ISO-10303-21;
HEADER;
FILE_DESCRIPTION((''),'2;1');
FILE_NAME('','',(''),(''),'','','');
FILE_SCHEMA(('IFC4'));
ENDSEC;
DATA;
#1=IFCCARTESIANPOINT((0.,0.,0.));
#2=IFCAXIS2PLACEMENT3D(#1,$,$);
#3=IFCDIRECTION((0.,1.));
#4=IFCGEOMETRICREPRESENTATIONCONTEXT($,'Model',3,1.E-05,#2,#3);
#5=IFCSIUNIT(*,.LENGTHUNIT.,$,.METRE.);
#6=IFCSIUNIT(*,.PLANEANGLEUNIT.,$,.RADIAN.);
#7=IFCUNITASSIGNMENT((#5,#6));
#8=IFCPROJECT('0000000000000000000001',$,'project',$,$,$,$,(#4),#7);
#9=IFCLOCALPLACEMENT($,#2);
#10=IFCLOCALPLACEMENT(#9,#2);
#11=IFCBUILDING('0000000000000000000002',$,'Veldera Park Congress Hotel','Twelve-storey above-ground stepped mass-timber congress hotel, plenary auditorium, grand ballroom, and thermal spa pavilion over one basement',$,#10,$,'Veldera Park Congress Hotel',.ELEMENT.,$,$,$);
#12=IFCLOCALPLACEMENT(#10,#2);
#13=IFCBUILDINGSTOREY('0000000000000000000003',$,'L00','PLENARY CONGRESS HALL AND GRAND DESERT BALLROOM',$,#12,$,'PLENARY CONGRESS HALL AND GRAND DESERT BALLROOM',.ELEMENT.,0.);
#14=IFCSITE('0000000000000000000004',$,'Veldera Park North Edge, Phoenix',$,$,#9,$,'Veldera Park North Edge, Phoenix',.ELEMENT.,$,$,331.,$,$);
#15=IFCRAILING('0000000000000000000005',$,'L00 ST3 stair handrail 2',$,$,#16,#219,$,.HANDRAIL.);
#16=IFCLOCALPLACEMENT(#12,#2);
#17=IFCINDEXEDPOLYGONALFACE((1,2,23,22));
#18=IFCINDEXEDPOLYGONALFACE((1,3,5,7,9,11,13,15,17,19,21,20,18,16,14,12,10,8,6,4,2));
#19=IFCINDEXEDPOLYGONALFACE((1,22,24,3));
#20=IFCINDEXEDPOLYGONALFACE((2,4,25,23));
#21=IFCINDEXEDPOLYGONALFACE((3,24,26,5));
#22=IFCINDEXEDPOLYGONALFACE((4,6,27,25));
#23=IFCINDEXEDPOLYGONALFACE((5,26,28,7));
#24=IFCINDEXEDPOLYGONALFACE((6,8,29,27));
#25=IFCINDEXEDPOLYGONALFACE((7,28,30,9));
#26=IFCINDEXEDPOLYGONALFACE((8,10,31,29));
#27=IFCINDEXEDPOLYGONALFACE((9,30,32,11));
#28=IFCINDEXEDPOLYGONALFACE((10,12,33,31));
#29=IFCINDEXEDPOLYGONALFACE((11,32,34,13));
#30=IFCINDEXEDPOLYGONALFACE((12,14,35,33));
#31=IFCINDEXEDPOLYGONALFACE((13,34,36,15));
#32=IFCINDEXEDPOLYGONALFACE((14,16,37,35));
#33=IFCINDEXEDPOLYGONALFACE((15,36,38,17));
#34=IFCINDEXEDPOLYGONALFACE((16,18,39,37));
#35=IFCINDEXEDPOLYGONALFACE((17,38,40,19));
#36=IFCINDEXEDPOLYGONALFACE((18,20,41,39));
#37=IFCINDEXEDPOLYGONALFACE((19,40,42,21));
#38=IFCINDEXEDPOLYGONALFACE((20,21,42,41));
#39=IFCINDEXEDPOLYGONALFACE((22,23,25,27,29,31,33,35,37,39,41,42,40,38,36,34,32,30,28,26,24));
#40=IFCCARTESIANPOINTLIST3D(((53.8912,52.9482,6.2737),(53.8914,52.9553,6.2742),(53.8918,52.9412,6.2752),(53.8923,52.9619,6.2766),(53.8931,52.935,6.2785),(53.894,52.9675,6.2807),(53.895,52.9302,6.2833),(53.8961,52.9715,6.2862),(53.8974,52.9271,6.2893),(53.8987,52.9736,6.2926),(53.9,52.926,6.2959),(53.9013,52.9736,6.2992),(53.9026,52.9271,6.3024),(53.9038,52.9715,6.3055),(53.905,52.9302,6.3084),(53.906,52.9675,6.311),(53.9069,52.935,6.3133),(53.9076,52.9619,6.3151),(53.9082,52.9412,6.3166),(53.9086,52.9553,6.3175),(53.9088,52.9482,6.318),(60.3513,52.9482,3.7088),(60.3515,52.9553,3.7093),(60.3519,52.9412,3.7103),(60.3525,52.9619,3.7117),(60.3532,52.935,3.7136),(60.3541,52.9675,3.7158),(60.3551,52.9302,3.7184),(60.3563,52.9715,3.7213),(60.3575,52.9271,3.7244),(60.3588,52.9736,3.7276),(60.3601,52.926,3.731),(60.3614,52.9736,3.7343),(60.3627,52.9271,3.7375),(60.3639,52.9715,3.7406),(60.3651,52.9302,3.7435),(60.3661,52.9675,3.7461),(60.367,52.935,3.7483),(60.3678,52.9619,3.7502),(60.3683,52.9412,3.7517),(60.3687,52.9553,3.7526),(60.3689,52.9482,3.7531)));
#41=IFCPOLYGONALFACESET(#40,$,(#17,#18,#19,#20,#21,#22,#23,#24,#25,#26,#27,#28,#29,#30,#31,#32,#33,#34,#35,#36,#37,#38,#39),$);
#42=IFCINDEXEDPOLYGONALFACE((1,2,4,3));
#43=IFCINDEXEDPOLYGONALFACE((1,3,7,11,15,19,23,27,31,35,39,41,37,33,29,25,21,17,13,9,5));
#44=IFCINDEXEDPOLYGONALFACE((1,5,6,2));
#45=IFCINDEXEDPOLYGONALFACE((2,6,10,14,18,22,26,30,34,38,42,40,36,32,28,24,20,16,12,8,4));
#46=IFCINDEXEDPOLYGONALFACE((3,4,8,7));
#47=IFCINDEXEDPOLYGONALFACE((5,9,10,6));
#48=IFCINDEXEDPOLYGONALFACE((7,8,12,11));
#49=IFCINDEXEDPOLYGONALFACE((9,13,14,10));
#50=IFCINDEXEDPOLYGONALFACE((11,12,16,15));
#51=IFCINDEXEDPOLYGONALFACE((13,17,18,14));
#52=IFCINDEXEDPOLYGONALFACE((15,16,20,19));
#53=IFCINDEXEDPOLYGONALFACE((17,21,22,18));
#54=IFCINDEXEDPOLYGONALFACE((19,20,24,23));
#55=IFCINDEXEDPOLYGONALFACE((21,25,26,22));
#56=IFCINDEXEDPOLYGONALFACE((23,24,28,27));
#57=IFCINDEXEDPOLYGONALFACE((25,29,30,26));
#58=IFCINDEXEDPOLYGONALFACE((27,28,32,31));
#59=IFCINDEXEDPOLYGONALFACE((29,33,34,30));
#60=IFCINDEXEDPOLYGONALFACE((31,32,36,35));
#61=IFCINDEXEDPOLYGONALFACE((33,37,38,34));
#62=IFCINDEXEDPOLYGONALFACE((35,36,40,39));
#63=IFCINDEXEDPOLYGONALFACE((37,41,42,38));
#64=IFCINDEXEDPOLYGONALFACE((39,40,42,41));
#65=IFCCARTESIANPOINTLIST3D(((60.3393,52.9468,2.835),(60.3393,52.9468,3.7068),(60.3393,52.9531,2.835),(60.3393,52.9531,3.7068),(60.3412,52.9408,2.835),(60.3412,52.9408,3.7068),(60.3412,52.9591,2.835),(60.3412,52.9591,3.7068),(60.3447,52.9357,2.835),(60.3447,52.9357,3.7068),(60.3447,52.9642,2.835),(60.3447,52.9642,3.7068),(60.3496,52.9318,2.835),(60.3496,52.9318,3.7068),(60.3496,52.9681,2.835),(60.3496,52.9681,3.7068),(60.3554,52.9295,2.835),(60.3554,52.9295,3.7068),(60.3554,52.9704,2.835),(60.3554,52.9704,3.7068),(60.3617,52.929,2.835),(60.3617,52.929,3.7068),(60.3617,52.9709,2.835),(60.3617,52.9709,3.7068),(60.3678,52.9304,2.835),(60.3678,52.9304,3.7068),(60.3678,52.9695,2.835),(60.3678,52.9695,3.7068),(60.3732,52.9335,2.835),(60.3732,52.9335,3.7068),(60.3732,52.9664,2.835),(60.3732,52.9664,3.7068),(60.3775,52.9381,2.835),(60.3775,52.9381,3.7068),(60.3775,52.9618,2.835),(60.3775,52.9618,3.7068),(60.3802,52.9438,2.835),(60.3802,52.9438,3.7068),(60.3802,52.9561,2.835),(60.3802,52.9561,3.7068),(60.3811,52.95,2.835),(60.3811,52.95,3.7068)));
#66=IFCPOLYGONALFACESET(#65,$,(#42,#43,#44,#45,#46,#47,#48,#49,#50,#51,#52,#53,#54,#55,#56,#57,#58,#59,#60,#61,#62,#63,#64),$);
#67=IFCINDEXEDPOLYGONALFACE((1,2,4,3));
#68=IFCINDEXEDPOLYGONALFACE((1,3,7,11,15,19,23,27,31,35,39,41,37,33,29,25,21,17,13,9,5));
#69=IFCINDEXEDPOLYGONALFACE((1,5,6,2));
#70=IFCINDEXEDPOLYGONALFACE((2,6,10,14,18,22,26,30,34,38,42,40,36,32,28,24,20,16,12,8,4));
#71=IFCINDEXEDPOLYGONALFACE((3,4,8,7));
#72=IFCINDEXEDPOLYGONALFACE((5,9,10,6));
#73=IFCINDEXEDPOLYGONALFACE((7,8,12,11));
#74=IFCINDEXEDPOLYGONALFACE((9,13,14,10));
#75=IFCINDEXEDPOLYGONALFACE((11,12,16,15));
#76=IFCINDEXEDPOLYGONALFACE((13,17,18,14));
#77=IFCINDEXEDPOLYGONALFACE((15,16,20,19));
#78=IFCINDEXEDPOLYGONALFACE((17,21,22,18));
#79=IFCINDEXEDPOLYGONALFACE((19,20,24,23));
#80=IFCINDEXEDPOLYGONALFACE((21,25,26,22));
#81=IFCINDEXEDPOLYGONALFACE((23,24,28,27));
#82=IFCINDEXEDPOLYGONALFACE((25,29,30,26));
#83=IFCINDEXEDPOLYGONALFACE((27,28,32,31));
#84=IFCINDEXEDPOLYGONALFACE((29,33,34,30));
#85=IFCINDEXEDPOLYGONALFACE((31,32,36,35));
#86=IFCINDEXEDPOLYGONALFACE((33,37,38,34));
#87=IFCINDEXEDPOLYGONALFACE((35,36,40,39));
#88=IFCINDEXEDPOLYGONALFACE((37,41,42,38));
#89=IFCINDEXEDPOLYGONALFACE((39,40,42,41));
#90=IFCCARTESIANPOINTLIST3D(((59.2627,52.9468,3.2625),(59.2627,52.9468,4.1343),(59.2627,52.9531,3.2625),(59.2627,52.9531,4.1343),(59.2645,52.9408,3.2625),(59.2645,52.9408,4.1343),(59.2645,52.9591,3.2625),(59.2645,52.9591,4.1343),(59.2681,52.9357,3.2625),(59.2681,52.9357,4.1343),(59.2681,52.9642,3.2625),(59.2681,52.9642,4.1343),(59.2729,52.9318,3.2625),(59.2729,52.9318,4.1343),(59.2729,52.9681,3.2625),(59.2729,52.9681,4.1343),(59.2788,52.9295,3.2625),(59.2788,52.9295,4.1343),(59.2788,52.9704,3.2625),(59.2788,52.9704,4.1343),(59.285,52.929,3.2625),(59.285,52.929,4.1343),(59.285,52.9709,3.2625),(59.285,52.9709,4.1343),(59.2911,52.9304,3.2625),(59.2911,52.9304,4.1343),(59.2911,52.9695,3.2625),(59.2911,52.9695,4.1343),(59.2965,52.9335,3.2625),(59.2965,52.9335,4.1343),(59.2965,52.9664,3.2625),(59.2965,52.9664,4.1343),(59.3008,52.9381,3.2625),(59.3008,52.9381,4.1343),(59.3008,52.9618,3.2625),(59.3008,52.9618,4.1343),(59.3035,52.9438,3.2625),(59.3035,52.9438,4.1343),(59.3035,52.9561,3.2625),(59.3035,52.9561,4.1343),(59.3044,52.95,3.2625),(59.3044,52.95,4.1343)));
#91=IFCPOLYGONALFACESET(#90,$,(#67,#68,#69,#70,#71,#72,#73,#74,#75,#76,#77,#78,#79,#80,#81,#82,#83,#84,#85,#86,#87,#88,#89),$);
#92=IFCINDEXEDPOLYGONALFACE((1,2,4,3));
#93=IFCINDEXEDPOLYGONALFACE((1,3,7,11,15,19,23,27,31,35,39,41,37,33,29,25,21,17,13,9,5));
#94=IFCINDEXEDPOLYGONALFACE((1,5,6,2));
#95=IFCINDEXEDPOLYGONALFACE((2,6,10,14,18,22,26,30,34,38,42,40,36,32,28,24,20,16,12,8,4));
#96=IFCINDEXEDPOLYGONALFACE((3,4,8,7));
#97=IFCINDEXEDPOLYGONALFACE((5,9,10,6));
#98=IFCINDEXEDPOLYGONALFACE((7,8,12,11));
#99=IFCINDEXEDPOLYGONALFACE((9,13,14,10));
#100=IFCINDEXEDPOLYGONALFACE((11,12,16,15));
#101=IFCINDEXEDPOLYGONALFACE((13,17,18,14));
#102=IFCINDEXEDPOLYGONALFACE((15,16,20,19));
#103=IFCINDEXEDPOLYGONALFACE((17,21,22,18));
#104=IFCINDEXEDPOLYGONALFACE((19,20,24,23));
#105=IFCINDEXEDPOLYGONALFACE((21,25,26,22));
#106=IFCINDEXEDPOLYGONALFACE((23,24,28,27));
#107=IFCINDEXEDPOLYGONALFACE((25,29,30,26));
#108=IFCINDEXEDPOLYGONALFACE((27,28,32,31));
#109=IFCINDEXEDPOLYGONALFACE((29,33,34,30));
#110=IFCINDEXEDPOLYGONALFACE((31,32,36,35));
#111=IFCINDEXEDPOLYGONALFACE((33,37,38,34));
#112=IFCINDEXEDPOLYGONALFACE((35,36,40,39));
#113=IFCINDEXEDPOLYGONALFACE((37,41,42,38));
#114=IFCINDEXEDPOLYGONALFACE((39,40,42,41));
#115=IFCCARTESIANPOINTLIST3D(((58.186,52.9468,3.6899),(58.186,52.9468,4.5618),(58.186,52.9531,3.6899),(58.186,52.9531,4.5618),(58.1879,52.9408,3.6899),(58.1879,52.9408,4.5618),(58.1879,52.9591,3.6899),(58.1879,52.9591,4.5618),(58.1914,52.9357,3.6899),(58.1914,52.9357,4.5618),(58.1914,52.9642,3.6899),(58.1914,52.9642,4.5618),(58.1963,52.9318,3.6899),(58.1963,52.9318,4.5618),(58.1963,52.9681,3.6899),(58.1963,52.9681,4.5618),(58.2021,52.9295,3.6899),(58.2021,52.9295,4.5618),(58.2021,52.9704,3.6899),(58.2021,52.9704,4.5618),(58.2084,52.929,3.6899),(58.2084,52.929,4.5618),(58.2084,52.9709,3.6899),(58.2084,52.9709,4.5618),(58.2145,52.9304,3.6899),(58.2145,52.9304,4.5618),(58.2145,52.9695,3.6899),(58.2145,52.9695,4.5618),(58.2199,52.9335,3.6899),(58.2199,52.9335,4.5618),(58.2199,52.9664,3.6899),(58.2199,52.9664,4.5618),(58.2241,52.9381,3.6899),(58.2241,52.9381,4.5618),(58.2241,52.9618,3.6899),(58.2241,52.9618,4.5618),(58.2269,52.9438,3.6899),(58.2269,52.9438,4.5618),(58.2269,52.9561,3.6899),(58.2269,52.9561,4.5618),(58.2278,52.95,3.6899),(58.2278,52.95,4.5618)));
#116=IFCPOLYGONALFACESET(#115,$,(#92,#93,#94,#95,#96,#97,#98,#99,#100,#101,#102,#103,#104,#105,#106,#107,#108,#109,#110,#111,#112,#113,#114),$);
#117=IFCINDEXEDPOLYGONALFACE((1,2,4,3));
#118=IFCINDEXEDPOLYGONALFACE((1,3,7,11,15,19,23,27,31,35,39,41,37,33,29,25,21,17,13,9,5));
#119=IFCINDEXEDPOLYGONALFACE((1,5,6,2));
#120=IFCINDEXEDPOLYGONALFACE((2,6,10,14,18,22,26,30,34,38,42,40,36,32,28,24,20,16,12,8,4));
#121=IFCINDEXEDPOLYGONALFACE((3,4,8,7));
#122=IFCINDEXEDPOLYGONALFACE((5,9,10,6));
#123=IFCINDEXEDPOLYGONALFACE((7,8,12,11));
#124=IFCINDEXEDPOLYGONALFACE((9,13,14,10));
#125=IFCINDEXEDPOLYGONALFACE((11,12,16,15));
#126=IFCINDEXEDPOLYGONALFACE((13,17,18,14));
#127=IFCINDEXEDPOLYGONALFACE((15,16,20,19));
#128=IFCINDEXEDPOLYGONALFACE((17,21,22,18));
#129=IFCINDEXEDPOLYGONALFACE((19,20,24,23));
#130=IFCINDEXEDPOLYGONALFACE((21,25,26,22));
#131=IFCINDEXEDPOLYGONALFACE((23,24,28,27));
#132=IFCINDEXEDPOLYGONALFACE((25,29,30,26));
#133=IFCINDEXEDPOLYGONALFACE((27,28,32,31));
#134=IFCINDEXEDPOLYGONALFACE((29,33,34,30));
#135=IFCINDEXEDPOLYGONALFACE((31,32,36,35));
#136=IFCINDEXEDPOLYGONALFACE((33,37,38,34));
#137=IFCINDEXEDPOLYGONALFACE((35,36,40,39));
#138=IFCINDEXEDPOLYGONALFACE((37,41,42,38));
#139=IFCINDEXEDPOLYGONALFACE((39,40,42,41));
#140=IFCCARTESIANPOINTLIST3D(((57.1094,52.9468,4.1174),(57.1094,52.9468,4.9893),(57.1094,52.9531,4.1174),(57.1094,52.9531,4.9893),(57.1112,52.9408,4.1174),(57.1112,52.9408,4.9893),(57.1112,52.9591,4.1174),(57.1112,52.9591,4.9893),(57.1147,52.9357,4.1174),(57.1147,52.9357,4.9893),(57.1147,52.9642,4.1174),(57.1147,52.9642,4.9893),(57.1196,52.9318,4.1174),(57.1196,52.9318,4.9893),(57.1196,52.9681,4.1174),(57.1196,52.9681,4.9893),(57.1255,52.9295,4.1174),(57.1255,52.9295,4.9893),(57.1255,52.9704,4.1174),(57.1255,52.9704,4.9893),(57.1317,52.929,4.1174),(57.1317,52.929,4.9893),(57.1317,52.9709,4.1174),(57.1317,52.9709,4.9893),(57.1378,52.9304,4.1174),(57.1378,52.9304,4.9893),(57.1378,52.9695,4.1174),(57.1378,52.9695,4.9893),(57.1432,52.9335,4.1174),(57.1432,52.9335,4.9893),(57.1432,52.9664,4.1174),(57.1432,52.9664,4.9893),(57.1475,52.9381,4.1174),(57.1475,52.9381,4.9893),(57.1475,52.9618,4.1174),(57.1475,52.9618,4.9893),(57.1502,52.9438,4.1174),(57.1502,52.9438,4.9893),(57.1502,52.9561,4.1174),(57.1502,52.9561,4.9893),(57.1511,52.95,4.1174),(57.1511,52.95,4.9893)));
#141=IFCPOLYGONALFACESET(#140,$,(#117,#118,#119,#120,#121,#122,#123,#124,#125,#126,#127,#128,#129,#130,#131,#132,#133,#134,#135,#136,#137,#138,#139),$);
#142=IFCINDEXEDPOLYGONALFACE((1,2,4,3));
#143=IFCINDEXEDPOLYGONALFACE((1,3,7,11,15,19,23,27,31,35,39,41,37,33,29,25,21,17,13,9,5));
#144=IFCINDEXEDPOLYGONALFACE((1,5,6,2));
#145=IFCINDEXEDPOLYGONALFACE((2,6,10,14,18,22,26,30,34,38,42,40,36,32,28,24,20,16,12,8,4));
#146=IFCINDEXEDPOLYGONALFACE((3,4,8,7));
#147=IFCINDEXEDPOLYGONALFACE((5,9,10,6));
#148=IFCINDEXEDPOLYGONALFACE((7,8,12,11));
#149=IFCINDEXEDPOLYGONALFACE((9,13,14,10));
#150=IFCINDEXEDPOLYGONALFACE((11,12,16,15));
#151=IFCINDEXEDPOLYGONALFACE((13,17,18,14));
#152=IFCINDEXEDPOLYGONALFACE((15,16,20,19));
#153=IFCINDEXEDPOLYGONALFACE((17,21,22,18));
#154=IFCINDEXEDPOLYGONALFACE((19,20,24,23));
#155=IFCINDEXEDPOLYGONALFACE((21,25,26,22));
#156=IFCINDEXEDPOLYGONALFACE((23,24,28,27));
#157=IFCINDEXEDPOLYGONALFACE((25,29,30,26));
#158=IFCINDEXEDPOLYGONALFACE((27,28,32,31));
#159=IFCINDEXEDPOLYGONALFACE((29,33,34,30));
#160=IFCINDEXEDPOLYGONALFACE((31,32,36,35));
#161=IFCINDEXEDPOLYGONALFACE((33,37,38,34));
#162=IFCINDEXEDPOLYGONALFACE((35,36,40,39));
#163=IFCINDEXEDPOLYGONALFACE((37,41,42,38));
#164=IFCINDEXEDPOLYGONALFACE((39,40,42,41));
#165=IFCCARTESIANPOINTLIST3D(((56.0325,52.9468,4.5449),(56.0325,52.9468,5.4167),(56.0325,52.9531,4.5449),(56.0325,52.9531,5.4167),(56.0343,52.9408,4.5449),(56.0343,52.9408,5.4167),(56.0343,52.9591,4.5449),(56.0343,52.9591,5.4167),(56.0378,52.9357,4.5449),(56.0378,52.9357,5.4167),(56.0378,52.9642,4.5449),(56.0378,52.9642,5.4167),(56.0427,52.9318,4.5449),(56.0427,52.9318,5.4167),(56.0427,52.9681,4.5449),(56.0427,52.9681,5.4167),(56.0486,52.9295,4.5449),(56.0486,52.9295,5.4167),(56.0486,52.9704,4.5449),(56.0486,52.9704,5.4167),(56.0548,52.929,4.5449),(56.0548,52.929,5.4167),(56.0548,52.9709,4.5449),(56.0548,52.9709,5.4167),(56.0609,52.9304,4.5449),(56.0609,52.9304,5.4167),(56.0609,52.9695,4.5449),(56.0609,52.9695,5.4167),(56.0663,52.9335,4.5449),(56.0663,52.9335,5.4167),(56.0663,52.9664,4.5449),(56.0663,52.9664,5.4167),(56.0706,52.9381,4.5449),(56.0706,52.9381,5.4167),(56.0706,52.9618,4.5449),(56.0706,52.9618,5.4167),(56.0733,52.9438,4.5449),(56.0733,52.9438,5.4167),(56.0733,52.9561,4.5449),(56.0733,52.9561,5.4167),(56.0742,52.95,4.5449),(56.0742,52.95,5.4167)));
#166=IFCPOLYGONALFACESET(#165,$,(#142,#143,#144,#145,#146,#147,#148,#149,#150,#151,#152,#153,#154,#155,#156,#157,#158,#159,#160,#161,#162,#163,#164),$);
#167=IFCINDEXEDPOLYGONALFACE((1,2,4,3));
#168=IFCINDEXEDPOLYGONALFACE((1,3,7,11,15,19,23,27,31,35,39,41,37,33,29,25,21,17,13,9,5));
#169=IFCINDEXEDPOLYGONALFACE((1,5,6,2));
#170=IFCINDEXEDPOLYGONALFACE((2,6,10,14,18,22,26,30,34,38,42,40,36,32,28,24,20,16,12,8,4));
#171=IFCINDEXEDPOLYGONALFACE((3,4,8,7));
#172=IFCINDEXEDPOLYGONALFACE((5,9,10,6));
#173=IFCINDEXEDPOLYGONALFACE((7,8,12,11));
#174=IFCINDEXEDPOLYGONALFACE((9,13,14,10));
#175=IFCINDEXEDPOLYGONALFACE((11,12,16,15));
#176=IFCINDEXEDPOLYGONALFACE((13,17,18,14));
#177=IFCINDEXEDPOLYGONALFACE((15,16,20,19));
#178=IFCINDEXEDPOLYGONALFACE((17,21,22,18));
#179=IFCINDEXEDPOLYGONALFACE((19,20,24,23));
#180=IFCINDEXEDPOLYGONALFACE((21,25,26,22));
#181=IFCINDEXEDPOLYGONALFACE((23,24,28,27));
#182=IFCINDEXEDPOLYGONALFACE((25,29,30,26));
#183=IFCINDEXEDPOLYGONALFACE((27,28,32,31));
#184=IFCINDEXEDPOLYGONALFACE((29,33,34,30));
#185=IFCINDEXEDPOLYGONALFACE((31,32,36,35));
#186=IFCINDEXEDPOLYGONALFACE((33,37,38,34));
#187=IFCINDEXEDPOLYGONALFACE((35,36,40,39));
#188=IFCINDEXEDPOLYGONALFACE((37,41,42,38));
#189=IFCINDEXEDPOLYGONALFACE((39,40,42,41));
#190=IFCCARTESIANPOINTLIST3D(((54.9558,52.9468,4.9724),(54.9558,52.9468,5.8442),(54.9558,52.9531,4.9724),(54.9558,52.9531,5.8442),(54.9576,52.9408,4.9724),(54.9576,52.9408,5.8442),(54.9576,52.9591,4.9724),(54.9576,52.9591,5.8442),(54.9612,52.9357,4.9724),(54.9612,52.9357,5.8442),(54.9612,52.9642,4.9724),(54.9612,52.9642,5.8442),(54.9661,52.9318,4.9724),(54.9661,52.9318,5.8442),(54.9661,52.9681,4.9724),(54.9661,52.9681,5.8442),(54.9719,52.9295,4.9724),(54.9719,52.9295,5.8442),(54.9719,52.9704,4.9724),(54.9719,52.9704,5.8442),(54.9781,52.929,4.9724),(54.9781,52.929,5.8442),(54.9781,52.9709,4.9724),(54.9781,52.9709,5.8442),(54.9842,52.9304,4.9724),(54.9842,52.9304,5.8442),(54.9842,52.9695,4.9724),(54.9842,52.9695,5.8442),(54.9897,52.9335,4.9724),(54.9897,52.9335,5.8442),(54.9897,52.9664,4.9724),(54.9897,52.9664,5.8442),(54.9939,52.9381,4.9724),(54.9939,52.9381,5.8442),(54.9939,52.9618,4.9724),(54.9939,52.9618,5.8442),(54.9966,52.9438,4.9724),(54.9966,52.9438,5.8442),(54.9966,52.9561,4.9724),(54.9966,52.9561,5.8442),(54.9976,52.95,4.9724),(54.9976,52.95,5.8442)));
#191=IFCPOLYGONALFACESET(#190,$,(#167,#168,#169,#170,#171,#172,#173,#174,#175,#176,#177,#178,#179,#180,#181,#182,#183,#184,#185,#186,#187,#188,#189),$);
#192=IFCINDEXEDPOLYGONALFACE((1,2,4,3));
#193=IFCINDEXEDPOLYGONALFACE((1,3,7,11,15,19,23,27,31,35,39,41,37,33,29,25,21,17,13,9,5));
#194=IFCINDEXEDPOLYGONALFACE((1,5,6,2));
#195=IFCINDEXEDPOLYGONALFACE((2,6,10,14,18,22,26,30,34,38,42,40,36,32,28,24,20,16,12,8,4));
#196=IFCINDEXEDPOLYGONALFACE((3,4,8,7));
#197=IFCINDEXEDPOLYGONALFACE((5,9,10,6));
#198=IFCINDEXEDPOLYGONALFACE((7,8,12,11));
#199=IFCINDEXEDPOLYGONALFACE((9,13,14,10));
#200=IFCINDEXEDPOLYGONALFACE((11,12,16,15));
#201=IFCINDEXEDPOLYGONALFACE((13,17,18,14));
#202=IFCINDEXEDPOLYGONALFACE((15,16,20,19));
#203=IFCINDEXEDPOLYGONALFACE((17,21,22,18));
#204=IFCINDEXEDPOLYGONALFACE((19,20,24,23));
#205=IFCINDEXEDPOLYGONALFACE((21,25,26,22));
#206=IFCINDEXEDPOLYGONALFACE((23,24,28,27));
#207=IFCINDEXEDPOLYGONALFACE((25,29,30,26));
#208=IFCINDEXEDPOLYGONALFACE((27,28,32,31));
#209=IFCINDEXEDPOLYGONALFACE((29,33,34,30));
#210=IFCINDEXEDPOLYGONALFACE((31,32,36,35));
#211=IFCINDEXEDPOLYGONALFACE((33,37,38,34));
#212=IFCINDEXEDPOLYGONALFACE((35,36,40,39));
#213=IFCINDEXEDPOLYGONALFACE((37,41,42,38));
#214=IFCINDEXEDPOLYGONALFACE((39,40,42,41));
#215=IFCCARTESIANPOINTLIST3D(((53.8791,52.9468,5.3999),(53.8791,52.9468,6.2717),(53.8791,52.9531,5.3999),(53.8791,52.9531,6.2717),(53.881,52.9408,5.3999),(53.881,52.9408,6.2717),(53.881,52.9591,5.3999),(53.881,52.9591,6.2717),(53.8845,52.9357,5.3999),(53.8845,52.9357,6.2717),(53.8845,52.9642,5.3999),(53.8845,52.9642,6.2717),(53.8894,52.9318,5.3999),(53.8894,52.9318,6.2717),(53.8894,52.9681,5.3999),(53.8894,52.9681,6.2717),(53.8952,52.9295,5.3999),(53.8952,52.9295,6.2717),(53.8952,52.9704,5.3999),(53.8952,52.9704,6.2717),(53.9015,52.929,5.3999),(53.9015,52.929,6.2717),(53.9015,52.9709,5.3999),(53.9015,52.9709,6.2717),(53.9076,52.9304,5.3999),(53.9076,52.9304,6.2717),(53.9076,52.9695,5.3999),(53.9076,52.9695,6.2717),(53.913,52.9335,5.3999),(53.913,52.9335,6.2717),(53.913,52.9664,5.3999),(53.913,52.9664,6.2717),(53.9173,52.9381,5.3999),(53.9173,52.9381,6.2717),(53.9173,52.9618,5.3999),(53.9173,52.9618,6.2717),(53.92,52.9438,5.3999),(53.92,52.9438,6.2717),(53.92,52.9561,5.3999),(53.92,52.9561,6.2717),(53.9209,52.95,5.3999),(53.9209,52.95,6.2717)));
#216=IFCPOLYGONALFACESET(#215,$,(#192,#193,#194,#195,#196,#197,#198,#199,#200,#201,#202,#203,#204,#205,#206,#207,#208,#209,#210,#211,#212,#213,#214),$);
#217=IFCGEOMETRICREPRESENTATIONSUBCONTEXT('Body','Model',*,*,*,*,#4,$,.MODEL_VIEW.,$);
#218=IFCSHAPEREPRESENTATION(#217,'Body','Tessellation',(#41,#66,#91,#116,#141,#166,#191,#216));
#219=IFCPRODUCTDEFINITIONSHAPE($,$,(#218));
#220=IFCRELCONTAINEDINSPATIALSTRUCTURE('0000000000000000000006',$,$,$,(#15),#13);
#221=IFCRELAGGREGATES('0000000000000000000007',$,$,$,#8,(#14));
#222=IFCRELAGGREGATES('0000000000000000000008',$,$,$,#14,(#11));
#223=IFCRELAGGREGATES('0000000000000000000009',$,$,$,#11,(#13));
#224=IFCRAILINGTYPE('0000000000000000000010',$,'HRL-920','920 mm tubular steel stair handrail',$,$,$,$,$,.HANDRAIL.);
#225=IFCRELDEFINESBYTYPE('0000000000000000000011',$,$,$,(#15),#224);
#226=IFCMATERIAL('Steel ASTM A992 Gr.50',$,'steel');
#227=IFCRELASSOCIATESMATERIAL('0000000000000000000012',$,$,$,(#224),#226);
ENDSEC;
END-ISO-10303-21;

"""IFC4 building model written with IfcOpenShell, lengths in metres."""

from ifc_helpers import new_model, si_unit, direction, frame, origin, origin_2d, place, context, subcontext, project, spatial, circle, extrude, material, type_object, element, save


model = new_model("IFC4")

# Units and contexts
model_context = context("Model", 3, precision=1e-05, world=origin(), true_north=direction((0.0, 1.0)))
body_context = subcontext(model_context, "Body", "Model", "MODEL_VIEW")
ifc_project = project(units=[si_unit("LENGTHUNIT", "METRE"), si_unit("PLANEANGLEUNIT", "RADIAN")], contexts=[model_context])

# Site, building, storey
site_placement = place(None, origin())
site = spatial("IfcSite", under=ifc_project, at=site_placement, Name="Veldera Park North Edge, Phoenix", LongName="Veldera Park North Edge, Phoenix", CompositionType="ELEMENT", RefElevation=331.0)
building_placement = place(site_placement, origin())
building = spatial("IfcBuilding", under=site, at=building_placement, Name="Veldera Park Congress Hotel", Description="Twelve-storey above-ground stepped mass-timber congress hotel, plenary auditorium, grand ballroom, and thermal spa pavilion over one basement", LongName="Veldera Park Congress Hotel", CompositionType="ELEMENT")
storey_placement = place(building_placement, origin())
storey = spatial("IfcBuildingStorey", under=building, at=storey_placement, Name="L00", Description="PLENARY CONGRESS HALL AND GRAND DESERT BALLROOM", LongName="PLENARY CONGRESS HALL AND GRAND DESERT BALLROOM", CompositionType="ELEMENT", Elevation=0.0)

# Shared definitions
ifc_material_1 = material(Name="Steel ASTM A992 Gr.50", Category="steel")

# Railing
railing_type_1 = type_object("IfcRailingType", Name="HRL-920", Description="920 mm tubular steel stair handrail", PredefinedType="HANDRAIL", material=ifc_material_1)
railing_1_placement = place(storey_placement, frame((60.3601, 52.95, 2.835)))
element("IfcRailing", 1, at=railing_1_placement, inside=storey, type_object=railing_type_1, Name="L00 ST3 stair handrail 2", PredefinedType="HANDRAIL", context=body_context, shape_type="SweptSolid", body=[
    extrude(circle(Radius=0.0239, at=origin_2d()), frame((0.0, 0.0, 0.896), z_axis=(-0.929423, 0.0, 0.369016), x_axis=(0.0, -1.0, 0.0)), (0.0, 0.0, 1.0), 6.9507),
    extrude(circle(Radius=0.021, at=origin_2d()), origin(), (0.0, 0.0, 1.0), 0.8718),
    extrude(circle(Radius=0.021, at=origin_2d()), frame((-1.0767, 0.0, 0.4275)), (0.0, 0.0, 1.0), 0.8718),
    extrude(circle(Radius=0.021, at=origin_2d()), frame((-2.1533, 0.0, 0.855)), (0.0, 0.0, 1.0), 0.8718),
    extrude(circle(Radius=0.021, at=origin_2d()), frame((-3.23, 0.0, 1.2825)), (0.0, 0.0, 1.0), 0.8718),
    extrude(circle(Radius=0.021, at=origin_2d()), frame((-4.3069, 0.0, 1.71)), (0.0, 0.0, 1.0), 0.8718),
    extrude(circle(Radius=0.021, at=origin_2d()), frame((-5.3835, 0.0, 2.1375)), (0.0, 0.0, 1.0), 0.8718),
    extrude(circle(Radius=0.021, at=origin_2d()), frame((-6.4602, 0.0, 2.5649)), (0.0, 0.0, 1.0), 0.8718),
])

save(model, "model.ifc")
